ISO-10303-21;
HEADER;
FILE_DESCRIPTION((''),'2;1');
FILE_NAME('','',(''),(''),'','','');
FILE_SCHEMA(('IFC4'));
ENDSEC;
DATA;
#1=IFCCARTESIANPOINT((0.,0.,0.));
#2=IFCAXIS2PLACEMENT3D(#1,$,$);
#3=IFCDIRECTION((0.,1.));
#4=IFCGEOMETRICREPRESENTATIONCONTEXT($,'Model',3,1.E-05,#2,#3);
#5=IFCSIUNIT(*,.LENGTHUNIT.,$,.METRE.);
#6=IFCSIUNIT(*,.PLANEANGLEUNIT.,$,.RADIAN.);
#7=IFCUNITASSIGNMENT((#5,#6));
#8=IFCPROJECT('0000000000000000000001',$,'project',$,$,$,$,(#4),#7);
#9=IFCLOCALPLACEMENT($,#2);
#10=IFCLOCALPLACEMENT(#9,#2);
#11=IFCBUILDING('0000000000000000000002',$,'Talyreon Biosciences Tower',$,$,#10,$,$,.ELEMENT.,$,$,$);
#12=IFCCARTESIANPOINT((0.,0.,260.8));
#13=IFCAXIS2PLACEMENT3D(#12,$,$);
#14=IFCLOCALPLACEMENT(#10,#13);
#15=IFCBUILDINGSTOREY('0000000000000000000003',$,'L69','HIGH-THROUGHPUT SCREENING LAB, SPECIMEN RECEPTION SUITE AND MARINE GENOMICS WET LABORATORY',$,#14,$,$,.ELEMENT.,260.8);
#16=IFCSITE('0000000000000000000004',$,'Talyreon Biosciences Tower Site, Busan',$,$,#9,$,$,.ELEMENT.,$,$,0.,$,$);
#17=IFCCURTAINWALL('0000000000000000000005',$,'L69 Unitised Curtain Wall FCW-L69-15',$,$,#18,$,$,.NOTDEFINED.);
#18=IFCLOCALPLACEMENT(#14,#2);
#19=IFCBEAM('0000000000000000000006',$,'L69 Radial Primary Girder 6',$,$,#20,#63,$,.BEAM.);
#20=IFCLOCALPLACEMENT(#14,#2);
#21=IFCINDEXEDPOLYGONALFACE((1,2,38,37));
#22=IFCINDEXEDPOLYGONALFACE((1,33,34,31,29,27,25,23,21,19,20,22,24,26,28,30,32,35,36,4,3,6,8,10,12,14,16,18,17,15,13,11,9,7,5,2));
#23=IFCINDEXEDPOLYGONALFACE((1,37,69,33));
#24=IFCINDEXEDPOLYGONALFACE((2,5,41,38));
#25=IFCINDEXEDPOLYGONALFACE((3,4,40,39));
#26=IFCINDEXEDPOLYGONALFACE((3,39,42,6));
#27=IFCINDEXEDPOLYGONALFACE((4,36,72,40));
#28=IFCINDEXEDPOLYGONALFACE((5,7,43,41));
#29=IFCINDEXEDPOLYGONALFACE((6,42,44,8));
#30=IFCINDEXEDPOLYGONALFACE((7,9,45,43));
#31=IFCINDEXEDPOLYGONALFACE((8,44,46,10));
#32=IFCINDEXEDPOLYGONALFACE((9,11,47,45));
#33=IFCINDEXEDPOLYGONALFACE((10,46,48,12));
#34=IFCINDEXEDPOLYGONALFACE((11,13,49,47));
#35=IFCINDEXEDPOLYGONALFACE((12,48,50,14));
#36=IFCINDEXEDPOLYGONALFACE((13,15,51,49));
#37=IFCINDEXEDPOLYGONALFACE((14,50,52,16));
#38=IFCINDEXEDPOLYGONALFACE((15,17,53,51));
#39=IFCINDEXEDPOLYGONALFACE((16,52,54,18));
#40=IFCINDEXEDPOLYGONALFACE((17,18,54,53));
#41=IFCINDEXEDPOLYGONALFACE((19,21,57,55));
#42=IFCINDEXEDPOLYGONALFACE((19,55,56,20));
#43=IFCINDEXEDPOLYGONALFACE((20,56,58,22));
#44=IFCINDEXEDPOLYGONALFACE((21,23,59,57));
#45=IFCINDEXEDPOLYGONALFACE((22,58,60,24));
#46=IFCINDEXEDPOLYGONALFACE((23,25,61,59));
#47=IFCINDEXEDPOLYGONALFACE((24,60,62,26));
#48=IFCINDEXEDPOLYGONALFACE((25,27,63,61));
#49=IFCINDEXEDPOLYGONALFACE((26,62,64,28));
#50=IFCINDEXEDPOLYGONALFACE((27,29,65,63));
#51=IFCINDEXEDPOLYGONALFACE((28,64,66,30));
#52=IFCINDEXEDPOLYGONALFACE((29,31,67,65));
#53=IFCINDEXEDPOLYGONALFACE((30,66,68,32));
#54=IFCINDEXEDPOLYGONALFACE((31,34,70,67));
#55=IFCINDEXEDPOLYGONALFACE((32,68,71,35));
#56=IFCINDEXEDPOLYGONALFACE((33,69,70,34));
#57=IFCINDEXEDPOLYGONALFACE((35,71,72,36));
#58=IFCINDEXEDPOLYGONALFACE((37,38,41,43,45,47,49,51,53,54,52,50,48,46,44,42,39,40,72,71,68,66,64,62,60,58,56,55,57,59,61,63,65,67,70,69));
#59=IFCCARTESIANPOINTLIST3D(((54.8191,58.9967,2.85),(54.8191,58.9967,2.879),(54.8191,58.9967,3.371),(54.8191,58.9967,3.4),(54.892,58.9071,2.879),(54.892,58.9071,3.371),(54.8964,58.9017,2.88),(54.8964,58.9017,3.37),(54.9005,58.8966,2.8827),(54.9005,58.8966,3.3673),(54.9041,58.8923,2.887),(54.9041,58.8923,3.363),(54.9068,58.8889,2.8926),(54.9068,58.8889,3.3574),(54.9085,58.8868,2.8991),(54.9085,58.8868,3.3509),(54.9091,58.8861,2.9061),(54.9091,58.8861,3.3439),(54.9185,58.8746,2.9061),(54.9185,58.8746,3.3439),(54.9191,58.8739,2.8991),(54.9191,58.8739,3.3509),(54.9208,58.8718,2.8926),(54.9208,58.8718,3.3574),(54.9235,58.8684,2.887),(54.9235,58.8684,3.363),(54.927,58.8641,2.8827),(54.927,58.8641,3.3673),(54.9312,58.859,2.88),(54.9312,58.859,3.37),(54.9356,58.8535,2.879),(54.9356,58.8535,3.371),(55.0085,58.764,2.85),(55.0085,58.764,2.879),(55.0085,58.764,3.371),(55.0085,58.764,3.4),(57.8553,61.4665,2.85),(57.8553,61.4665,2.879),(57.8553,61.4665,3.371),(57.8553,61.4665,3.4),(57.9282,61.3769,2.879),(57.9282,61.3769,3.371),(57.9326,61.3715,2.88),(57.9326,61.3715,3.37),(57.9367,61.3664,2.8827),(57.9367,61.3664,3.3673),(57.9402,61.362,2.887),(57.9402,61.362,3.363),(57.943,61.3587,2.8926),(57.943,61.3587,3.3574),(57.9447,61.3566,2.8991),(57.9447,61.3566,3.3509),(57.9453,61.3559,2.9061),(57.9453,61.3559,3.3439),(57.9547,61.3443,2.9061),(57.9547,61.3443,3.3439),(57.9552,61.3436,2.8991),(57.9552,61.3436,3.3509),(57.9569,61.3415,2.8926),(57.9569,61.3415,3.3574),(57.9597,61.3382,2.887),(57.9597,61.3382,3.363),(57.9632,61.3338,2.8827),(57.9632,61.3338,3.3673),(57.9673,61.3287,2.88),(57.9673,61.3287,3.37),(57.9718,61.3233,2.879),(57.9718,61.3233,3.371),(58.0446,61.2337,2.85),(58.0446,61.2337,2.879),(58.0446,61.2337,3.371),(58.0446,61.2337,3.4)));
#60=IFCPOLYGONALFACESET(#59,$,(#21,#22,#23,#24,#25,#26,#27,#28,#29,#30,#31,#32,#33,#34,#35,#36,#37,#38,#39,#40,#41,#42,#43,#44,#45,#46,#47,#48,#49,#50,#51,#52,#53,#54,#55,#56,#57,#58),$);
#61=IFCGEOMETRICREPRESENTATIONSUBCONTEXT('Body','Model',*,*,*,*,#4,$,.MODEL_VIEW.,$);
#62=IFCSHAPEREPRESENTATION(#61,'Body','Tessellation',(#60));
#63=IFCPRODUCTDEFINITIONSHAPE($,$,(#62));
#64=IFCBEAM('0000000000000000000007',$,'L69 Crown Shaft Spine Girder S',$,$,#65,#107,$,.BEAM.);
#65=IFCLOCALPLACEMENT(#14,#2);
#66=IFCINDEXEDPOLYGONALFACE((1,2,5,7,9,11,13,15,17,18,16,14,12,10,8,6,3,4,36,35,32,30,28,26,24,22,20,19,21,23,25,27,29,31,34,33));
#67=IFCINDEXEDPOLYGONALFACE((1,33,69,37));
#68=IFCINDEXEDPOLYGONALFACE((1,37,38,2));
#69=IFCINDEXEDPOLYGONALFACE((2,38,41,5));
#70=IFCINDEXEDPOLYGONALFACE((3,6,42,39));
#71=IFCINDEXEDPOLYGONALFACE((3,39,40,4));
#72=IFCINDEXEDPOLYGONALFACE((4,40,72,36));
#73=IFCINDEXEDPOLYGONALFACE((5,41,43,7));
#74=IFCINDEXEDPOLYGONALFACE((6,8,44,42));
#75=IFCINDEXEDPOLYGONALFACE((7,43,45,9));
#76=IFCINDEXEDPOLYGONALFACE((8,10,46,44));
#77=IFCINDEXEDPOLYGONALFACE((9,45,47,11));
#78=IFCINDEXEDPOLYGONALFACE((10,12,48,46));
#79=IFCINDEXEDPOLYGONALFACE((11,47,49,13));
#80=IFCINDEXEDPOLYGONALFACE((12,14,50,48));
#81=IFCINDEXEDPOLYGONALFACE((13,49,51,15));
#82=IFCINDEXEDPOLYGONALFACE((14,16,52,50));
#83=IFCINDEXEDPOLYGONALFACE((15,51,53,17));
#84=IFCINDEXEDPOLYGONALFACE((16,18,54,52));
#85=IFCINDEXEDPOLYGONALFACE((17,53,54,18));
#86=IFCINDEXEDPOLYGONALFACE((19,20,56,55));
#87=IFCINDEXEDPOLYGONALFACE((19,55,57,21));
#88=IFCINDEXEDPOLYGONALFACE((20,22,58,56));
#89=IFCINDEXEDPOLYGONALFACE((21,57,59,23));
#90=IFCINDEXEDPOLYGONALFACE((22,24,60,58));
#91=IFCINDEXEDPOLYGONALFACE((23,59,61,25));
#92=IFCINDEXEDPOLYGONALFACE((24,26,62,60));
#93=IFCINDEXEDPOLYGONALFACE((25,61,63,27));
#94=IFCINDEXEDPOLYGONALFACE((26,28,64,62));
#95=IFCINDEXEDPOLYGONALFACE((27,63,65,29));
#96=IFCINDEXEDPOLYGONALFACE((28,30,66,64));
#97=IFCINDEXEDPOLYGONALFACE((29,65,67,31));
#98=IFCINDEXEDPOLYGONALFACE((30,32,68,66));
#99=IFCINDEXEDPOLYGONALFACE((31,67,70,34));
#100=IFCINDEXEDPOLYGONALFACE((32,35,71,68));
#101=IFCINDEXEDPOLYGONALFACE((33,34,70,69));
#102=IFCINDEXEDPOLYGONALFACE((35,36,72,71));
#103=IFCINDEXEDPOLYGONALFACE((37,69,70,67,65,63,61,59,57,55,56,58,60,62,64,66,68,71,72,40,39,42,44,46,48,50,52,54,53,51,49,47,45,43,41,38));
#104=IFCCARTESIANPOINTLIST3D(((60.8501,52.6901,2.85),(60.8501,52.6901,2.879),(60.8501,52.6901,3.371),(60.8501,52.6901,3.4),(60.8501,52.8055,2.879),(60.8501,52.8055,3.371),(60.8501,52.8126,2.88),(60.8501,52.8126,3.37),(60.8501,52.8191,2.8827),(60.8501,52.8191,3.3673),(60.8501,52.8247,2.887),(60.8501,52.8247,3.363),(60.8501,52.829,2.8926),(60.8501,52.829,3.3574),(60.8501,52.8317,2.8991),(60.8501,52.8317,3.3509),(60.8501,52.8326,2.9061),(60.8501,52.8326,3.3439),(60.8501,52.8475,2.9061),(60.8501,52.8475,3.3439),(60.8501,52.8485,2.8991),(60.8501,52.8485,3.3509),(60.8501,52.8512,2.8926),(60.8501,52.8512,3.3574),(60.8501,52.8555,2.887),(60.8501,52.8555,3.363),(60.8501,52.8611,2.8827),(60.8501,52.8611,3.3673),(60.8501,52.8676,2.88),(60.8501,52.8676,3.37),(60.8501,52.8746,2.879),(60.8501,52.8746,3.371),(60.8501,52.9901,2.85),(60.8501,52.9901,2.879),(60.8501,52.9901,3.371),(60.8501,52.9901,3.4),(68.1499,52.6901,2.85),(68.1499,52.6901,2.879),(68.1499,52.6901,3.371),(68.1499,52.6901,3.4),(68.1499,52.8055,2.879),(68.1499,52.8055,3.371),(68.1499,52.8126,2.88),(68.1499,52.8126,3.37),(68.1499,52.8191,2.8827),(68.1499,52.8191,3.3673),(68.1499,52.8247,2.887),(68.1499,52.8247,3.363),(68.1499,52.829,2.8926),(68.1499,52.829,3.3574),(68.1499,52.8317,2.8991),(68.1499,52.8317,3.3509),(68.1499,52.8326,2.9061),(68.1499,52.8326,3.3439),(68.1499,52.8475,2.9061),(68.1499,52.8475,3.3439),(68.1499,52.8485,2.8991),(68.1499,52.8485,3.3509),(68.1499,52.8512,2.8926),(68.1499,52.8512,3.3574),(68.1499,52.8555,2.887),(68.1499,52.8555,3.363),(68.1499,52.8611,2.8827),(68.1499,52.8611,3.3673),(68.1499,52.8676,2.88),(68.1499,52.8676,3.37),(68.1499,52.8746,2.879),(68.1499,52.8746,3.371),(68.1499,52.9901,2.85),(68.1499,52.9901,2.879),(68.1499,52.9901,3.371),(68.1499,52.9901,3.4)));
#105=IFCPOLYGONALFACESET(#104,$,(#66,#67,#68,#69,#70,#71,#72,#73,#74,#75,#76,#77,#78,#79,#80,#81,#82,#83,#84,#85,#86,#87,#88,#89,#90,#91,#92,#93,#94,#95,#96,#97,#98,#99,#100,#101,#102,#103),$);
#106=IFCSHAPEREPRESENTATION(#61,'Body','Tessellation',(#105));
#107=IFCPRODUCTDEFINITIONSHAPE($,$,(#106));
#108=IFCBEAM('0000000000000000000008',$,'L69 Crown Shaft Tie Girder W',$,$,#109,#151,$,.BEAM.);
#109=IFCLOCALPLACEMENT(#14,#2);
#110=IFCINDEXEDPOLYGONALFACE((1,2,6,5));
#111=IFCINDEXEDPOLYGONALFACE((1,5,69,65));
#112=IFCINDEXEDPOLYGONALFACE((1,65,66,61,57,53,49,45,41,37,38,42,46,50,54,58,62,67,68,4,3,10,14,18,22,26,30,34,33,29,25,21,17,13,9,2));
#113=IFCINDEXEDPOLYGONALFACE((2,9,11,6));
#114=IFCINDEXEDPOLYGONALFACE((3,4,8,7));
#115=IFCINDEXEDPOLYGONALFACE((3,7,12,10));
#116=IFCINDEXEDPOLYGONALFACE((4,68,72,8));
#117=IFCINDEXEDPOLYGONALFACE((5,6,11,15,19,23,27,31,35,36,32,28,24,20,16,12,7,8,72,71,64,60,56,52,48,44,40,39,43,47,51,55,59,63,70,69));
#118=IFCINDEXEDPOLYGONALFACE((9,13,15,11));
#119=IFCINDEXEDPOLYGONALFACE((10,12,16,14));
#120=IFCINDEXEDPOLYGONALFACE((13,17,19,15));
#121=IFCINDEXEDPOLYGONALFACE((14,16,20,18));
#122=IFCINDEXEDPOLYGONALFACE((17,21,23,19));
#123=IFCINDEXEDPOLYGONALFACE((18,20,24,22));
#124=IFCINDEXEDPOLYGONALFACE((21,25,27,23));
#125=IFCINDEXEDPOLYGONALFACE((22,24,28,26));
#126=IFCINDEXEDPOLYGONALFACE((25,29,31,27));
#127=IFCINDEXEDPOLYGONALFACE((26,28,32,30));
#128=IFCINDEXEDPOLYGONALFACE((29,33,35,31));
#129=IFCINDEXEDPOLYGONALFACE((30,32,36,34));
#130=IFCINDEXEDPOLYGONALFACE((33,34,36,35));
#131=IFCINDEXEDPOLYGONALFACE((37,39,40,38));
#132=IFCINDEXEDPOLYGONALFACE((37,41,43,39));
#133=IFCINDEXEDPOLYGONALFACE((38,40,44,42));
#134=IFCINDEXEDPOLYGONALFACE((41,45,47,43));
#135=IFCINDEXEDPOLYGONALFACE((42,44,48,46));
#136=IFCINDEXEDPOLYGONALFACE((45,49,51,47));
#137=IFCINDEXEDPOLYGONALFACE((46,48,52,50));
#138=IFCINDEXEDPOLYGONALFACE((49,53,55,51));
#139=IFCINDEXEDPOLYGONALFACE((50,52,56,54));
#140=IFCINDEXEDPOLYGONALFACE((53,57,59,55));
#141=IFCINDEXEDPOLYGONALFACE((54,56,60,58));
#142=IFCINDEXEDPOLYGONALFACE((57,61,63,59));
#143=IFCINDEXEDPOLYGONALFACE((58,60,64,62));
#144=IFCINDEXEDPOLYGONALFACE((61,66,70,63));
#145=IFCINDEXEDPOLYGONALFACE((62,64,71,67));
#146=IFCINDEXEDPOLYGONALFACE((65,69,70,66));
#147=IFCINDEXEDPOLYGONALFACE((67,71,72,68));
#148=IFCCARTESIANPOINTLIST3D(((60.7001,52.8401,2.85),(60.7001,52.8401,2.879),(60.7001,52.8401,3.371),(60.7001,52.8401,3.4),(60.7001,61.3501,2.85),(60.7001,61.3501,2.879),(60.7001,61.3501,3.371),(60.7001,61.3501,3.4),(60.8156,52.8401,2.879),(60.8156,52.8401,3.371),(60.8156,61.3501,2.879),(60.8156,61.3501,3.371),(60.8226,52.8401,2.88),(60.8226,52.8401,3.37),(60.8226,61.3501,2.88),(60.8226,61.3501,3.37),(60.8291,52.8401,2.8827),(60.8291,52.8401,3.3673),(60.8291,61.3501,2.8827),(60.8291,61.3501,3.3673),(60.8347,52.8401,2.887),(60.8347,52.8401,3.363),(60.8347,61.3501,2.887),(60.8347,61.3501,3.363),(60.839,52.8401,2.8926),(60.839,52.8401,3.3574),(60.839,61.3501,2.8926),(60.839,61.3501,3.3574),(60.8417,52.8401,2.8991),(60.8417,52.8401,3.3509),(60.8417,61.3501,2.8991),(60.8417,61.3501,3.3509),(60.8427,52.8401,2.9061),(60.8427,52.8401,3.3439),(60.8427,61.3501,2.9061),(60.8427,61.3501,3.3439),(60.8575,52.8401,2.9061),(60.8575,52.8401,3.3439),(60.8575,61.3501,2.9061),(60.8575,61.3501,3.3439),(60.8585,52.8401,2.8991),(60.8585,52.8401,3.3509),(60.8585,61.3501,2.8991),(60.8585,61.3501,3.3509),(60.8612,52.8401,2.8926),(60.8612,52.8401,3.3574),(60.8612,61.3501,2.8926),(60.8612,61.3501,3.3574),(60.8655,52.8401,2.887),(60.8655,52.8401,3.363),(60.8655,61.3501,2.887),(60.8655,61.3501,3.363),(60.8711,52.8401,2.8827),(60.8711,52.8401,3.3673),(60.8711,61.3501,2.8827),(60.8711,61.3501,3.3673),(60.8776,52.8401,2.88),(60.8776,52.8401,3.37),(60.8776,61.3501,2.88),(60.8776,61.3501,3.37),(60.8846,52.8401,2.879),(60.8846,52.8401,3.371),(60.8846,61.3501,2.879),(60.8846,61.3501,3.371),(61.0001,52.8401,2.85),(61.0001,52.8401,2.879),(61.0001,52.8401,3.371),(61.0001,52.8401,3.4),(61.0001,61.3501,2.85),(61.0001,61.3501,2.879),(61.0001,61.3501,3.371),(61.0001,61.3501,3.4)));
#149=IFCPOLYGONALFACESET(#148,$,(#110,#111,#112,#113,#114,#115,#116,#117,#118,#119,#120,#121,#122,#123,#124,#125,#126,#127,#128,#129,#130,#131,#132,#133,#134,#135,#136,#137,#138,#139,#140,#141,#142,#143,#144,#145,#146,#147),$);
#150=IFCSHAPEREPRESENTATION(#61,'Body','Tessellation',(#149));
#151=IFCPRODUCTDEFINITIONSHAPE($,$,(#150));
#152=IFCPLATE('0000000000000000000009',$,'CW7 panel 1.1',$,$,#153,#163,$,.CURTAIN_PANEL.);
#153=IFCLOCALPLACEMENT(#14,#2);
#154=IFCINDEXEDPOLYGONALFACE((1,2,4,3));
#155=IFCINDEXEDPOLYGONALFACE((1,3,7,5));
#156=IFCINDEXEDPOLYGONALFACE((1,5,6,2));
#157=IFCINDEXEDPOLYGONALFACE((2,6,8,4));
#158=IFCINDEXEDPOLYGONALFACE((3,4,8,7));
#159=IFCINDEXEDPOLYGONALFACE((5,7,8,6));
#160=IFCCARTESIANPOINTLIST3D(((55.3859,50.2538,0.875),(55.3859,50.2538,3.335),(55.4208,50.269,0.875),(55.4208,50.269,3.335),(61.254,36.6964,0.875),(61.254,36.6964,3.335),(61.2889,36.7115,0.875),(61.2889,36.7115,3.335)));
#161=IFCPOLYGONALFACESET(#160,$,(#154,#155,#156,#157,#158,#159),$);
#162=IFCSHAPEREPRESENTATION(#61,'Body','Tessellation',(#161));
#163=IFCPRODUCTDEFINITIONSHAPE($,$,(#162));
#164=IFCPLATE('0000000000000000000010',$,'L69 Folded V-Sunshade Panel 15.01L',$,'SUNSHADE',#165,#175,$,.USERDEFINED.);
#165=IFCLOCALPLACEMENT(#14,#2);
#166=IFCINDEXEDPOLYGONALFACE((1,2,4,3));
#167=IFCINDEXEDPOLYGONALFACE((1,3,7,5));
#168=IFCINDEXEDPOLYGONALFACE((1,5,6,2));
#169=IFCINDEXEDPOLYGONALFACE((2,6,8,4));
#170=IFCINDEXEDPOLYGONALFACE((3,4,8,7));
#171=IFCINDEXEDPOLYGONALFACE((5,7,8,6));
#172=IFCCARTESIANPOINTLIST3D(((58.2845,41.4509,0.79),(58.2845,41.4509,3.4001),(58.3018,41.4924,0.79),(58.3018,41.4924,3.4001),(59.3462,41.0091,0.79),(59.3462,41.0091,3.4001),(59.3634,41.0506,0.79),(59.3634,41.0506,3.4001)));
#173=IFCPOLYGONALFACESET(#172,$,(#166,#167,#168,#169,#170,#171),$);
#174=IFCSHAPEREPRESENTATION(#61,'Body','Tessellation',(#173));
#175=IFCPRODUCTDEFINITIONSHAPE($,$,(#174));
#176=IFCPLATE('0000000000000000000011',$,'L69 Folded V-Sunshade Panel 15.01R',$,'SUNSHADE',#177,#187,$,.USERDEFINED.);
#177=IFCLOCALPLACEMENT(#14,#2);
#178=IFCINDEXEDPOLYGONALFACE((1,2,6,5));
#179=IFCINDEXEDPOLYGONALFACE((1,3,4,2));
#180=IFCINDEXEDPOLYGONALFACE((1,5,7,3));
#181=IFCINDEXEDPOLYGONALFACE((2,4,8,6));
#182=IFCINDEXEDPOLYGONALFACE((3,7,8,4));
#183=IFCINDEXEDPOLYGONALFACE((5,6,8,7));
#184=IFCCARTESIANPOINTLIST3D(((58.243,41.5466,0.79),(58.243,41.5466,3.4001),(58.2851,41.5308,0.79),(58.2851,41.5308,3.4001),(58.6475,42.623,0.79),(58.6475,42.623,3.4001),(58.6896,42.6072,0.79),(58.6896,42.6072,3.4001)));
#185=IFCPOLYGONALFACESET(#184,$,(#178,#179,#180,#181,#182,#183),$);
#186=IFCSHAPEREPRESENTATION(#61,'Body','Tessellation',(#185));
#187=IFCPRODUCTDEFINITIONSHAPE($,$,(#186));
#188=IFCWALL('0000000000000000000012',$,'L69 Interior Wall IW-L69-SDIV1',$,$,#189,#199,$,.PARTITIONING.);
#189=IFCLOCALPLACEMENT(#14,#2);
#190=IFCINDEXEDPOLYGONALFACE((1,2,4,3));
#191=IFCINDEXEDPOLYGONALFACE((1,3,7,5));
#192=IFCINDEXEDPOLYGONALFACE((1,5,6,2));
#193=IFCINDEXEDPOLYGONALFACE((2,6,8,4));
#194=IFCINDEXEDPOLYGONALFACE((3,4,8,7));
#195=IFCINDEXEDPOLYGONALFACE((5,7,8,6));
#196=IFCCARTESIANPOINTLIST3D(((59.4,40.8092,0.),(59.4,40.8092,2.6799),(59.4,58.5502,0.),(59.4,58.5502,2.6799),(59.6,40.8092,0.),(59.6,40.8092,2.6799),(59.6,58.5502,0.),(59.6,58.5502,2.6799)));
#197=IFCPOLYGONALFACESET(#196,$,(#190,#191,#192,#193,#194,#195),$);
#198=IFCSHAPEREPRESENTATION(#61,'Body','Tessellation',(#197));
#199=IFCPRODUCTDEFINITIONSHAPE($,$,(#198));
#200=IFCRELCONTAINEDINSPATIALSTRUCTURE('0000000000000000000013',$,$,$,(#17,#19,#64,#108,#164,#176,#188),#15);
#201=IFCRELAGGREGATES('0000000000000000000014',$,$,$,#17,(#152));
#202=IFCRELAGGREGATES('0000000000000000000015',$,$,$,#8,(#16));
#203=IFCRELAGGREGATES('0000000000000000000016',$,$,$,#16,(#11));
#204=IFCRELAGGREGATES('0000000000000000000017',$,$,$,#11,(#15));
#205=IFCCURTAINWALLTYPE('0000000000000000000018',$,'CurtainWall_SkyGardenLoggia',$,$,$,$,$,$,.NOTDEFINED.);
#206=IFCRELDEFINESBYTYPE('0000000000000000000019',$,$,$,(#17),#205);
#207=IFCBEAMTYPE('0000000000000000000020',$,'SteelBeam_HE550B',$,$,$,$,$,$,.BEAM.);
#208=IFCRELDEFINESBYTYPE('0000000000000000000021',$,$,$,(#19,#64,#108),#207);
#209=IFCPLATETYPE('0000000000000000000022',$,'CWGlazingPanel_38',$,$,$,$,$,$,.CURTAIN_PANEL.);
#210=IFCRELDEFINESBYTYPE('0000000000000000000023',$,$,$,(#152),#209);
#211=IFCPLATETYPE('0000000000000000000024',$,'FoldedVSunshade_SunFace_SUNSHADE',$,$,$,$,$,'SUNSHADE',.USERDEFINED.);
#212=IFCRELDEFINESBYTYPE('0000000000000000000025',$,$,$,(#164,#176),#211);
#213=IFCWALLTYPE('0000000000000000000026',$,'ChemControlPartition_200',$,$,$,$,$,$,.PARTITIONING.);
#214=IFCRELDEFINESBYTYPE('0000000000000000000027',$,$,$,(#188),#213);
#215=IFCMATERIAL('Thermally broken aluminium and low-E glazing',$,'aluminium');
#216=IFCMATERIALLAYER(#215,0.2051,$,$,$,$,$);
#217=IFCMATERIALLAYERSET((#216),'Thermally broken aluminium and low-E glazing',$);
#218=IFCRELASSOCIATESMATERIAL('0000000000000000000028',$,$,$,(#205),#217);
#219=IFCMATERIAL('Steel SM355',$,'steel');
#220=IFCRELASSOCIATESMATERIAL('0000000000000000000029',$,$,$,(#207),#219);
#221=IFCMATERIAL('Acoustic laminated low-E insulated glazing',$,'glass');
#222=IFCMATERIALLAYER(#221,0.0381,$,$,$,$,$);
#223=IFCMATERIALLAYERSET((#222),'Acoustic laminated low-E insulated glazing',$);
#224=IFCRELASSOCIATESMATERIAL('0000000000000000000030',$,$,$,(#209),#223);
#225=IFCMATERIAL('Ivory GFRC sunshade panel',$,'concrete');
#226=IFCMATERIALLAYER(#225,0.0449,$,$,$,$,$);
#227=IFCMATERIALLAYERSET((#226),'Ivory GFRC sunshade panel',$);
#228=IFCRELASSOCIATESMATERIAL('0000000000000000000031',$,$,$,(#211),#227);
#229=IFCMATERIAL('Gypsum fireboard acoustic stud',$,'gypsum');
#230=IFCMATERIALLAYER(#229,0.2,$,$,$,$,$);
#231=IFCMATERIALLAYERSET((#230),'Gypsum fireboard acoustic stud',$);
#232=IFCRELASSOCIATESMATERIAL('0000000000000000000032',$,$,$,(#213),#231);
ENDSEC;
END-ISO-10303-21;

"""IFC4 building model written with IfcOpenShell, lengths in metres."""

from ifc_helpers import new_model, si_unit, direction, frame, frame_2d, origin, origin_2d, place, context, subcontext, project, spatial, rectangle, i_section, extrude, material, layer, layer_set, material_profile, profile_set, type_object, element, aggregate, save


model = new_model("IFC4")

# Units and contexts
model_context = context("Model", 3, precision=1e-05, world=origin(), true_north=direction((0.0, 1.0)))
body_context = subcontext(model_context, "Body", "Model", "MODEL_VIEW")
ifc_project = project(units=[si_unit("LENGTHUNIT", "METRE"), si_unit("PLANEANGLEUNIT", "RADIAN")], contexts=[model_context])

# Site, building, storey
site_placement = place(None, origin())
site = spatial("IfcSite", under=ifc_project, at=site_placement, Name="Talyreon Biosciences Tower Site, Busan", CompositionType="ELEMENT", RefElevation=0.0)
building_placement = place(site_placement, origin())
building = spatial("IfcBuilding", under=site, at=building_placement, Name="Talyreon Biosciences Tower", CompositionType="ELEMENT")
storey_placement = place(building_placement, frame((0.0, 0.0, 260.8)))
storey = spatial("IfcBuildingStorey", under=building, at=storey_placement, Name="L69", Description="HIGH-THROUGHPUT SCREENING LAB, SPECIMEN RECEPTION SUITE AND MARINE GENOMICS WET LABORATORY", CompositionType="ELEMENT", Elevation=260.8)

# Curtain wall
ifc_material_1 = material(Name="Thermally broken aluminium and low-E glazing", Category="aluminium")
ifc_layer_1 = layer(ifc_material_1, 0.2051)
ifc_layer_set_1 = layer_set([ifc_layer_1], Name="Thermally broken aluminium and low-E glazing")
curtain_wall_type = type_object("IfcCurtainWallType", Name="CurtainWall_SkyGardenLoggia", PredefinedType="NOTDEFINED", material=ifc_layer_set_1)
curtain_wall_placement = place(storey_placement, origin())
curtain_wall = element("IfcCurtainWall", 1, at=curtain_wall_placement, inside=storey, type_object=curtain_wall_type, Name="L69 Unitised Curtain Wall FCW-L69-15", PredefinedType="NOTDEFINED")

# Beams
ifc_material_2 = material(Name="Steel SM355", Category="steel")
ifc_material_profile_1 = material_profile(ifc_material_2, i_section(OverallWidth=0.3, OverallDepth=0.55, WebThickness=0.0149, FlangeThickness=0.0291, FilletRadius=0.0271, at=origin_2d()), Name="HE550B")
ifc_profile_set_1 = profile_set([ifc_material_profile_1], Name="Steel SM355")
beam_type_1 = type_object("IfcBeamType", Name="SteelBeam_HE550B", PredefinedType="BEAM", material=ifc_profile_set_1)
beam_1_placement = place(storey_placement, frame((57.95, 61.3501, 3.125), z_axis=(-0.775755, -0.631034, 0.0), x_axis=(0.631034, -0.775755, 0.0)))
element("IfcBeam", 2, at=beam_1_placement, inside=storey, type_object=beam_type_1, Name="L69 Radial Primary Girder 6", PredefinedType="BEAM", context=body_context, shape_type="SweptSolid", body=[
    extrude(i_section(OverallWidth=0.3, OverallDepth=0.55, WebThickness=0.0149, FlangeThickness=0.0291, FilletRadius=0.0271, at=origin_2d()), origin(), (0.0, 0.0, 1.0), 3.9138),
])
beam_2_placement = place(storey_placement, frame((60.8501, 52.8401, 3.125), z_axis=(1.0, 0.0, 0.0), x_axis=(0.0, 1.0, 0.0)))
element("IfcBeam", 3, at=beam_2_placement, inside=storey, type_object=beam_type_1, Name="L69 Crown Shaft Spine Girder S", PredefinedType="BEAM", context=body_context, shape_type="SweptSolid", body=[
    extrude(i_section(OverallWidth=0.3, OverallDepth=0.55, WebThickness=0.0149, FlangeThickness=0.0291, FilletRadius=0.0271, at=origin_2d()), origin(), (0.0, 0.0, 1.0), 7.2998),
])
beam_3_placement = place(storey_placement, frame((60.8501, 52.8401, 3.125), z_axis=(0.0, 1.0, 0.0), x_axis=(-1.0, 0.0, 0.0)))
element("IfcBeam", 4, at=beam_3_placement, inside=storey, type_object=beam_type_1, Name="L69 Crown Shaft Tie Girder W", PredefinedType="BEAM", context=body_context, shape_type="SweptSolid", body=[
    extrude(i_section(OverallWidth=0.3, OverallDepth=0.55, WebThickness=0.0149, FlangeThickness=0.0291, FilletRadius=0.0271, at=origin_2d()), origin(), (0.0, 0.0, 1.0), 8.51),
])

# Plate
ifc_material_3 = material(Name="Acoustic laminated low-E insulated glazing", Category="glass")
ifc_layer_2 = layer(ifc_material_3, 0.0381)
ifc_layer_set_2 = layer_set([ifc_layer_2], Name="Acoustic laminated low-E insulated glazing")
plate_type_1 = type_object("IfcPlateType", Name="CWGlazingPanel_38", PredefinedType="CURTAIN_PANEL", material=ifc_layer_set_2)
plate_placement = place(storey_placement, frame((58.3374, 43.4827, 0.875), z_axis=(0.0, 0.0, 1.0), x_axis=(-0.397221, 0.917723, 0.0)))
plate = element("IfcPlate", 5, at=plate_placement, type_object=plate_type_1, Name="CW7 panel 1.1", PredefinedType="CURTAIN_PANEL", context=body_context, shape_type="SweptSolid", body=[
    extrude(rectangle(XDim=14.7729, YDim=0.0381, at=origin_2d()), origin(), (0.0, 0.0, 1.0), 2.46),
])
aggregate(curtain_wall, [plate])

# Plates
ifc_material_4 = material(Name="Ivory GFRC sunshade panel", Category="concrete")
ifc_layer_3 = layer(ifc_material_4, 0.0449)
ifc_layer_set_3 = layer_set([ifc_layer_3], Name="Ivory GFRC sunshade panel")
plate_type_2 = type_object("IfcPlateType", Name="FoldedVSunshade_SunFace_SUNSHADE", ElementType="SUNSHADE", PredefinedType="USERDEFINED", material=ifc_layer_set_3)
for number, where, z_axis, x_axis, name in (
    (6, (58.824, 41.2507, 0.79), (0.0, 0.0, 1.0), (-0.923244, 0.384215, 0.0), "L69 Folded V-Sunshade Panel 15.01L"),
    (7, (58.4663, 42.0769, 0.79), (0.0, 0.0, 1.0), (0.35176, 0.93609, 0.0), "L69 Folded V-Sunshade Panel 15.01R"),
):
    element("IfcPlate", number, at=place(storey_placement, frame(where, z_axis=z_axis, x_axis=x_axis)), inside=storey, type_object=plate_type_2, Name=name, ObjectType="SUNSHADE", PredefinedType="USERDEFINED", context=body_context, shape_type="SweptSolid", body=[
        extrude(rectangle(XDim=1.1499, YDim=0.0449, at=origin_2d()), origin(), (0.0, 0.0, 1.0), 2.6101),
    ])

# Wall
ifc_material_5 = material(Name="Gypsum fireboard acoustic stud", Category="gypsum")
ifc_layer_4 = layer(ifc_material_5, 0.2)
ifc_layer_set_4 = layer_set([ifc_layer_4], Name="Gypsum fireboard acoustic stud")
wall_type_1 = type_object("IfcWallType", Name="ChemControlPartition_200", PredefinedType="PARTITIONING", material=ifc_layer_set_4)
wall_1_placement = place(storey_placement, frame((59.5, 40.8091, 0.0), z_axis=(0.0, 0.0, 1.0), x_axis=(0.0, 1.0, 0.0)))
element("IfcWall", 8, at=wall_1_placement, inside=storey, type_object=wall_type_1, Name="L69 Interior Wall IW-L69-SDIV1", PredefinedType="PARTITIONING", context=body_context, shape_type="SweptSolid", body=[
    extrude(rectangle(XDim=17.741, YDim=0.2, at=frame_2d((8.8706, 0.0))), origin(), (0.0, 0.0, 1.0), 2.6799),
])

save(model, "model.ifc")
